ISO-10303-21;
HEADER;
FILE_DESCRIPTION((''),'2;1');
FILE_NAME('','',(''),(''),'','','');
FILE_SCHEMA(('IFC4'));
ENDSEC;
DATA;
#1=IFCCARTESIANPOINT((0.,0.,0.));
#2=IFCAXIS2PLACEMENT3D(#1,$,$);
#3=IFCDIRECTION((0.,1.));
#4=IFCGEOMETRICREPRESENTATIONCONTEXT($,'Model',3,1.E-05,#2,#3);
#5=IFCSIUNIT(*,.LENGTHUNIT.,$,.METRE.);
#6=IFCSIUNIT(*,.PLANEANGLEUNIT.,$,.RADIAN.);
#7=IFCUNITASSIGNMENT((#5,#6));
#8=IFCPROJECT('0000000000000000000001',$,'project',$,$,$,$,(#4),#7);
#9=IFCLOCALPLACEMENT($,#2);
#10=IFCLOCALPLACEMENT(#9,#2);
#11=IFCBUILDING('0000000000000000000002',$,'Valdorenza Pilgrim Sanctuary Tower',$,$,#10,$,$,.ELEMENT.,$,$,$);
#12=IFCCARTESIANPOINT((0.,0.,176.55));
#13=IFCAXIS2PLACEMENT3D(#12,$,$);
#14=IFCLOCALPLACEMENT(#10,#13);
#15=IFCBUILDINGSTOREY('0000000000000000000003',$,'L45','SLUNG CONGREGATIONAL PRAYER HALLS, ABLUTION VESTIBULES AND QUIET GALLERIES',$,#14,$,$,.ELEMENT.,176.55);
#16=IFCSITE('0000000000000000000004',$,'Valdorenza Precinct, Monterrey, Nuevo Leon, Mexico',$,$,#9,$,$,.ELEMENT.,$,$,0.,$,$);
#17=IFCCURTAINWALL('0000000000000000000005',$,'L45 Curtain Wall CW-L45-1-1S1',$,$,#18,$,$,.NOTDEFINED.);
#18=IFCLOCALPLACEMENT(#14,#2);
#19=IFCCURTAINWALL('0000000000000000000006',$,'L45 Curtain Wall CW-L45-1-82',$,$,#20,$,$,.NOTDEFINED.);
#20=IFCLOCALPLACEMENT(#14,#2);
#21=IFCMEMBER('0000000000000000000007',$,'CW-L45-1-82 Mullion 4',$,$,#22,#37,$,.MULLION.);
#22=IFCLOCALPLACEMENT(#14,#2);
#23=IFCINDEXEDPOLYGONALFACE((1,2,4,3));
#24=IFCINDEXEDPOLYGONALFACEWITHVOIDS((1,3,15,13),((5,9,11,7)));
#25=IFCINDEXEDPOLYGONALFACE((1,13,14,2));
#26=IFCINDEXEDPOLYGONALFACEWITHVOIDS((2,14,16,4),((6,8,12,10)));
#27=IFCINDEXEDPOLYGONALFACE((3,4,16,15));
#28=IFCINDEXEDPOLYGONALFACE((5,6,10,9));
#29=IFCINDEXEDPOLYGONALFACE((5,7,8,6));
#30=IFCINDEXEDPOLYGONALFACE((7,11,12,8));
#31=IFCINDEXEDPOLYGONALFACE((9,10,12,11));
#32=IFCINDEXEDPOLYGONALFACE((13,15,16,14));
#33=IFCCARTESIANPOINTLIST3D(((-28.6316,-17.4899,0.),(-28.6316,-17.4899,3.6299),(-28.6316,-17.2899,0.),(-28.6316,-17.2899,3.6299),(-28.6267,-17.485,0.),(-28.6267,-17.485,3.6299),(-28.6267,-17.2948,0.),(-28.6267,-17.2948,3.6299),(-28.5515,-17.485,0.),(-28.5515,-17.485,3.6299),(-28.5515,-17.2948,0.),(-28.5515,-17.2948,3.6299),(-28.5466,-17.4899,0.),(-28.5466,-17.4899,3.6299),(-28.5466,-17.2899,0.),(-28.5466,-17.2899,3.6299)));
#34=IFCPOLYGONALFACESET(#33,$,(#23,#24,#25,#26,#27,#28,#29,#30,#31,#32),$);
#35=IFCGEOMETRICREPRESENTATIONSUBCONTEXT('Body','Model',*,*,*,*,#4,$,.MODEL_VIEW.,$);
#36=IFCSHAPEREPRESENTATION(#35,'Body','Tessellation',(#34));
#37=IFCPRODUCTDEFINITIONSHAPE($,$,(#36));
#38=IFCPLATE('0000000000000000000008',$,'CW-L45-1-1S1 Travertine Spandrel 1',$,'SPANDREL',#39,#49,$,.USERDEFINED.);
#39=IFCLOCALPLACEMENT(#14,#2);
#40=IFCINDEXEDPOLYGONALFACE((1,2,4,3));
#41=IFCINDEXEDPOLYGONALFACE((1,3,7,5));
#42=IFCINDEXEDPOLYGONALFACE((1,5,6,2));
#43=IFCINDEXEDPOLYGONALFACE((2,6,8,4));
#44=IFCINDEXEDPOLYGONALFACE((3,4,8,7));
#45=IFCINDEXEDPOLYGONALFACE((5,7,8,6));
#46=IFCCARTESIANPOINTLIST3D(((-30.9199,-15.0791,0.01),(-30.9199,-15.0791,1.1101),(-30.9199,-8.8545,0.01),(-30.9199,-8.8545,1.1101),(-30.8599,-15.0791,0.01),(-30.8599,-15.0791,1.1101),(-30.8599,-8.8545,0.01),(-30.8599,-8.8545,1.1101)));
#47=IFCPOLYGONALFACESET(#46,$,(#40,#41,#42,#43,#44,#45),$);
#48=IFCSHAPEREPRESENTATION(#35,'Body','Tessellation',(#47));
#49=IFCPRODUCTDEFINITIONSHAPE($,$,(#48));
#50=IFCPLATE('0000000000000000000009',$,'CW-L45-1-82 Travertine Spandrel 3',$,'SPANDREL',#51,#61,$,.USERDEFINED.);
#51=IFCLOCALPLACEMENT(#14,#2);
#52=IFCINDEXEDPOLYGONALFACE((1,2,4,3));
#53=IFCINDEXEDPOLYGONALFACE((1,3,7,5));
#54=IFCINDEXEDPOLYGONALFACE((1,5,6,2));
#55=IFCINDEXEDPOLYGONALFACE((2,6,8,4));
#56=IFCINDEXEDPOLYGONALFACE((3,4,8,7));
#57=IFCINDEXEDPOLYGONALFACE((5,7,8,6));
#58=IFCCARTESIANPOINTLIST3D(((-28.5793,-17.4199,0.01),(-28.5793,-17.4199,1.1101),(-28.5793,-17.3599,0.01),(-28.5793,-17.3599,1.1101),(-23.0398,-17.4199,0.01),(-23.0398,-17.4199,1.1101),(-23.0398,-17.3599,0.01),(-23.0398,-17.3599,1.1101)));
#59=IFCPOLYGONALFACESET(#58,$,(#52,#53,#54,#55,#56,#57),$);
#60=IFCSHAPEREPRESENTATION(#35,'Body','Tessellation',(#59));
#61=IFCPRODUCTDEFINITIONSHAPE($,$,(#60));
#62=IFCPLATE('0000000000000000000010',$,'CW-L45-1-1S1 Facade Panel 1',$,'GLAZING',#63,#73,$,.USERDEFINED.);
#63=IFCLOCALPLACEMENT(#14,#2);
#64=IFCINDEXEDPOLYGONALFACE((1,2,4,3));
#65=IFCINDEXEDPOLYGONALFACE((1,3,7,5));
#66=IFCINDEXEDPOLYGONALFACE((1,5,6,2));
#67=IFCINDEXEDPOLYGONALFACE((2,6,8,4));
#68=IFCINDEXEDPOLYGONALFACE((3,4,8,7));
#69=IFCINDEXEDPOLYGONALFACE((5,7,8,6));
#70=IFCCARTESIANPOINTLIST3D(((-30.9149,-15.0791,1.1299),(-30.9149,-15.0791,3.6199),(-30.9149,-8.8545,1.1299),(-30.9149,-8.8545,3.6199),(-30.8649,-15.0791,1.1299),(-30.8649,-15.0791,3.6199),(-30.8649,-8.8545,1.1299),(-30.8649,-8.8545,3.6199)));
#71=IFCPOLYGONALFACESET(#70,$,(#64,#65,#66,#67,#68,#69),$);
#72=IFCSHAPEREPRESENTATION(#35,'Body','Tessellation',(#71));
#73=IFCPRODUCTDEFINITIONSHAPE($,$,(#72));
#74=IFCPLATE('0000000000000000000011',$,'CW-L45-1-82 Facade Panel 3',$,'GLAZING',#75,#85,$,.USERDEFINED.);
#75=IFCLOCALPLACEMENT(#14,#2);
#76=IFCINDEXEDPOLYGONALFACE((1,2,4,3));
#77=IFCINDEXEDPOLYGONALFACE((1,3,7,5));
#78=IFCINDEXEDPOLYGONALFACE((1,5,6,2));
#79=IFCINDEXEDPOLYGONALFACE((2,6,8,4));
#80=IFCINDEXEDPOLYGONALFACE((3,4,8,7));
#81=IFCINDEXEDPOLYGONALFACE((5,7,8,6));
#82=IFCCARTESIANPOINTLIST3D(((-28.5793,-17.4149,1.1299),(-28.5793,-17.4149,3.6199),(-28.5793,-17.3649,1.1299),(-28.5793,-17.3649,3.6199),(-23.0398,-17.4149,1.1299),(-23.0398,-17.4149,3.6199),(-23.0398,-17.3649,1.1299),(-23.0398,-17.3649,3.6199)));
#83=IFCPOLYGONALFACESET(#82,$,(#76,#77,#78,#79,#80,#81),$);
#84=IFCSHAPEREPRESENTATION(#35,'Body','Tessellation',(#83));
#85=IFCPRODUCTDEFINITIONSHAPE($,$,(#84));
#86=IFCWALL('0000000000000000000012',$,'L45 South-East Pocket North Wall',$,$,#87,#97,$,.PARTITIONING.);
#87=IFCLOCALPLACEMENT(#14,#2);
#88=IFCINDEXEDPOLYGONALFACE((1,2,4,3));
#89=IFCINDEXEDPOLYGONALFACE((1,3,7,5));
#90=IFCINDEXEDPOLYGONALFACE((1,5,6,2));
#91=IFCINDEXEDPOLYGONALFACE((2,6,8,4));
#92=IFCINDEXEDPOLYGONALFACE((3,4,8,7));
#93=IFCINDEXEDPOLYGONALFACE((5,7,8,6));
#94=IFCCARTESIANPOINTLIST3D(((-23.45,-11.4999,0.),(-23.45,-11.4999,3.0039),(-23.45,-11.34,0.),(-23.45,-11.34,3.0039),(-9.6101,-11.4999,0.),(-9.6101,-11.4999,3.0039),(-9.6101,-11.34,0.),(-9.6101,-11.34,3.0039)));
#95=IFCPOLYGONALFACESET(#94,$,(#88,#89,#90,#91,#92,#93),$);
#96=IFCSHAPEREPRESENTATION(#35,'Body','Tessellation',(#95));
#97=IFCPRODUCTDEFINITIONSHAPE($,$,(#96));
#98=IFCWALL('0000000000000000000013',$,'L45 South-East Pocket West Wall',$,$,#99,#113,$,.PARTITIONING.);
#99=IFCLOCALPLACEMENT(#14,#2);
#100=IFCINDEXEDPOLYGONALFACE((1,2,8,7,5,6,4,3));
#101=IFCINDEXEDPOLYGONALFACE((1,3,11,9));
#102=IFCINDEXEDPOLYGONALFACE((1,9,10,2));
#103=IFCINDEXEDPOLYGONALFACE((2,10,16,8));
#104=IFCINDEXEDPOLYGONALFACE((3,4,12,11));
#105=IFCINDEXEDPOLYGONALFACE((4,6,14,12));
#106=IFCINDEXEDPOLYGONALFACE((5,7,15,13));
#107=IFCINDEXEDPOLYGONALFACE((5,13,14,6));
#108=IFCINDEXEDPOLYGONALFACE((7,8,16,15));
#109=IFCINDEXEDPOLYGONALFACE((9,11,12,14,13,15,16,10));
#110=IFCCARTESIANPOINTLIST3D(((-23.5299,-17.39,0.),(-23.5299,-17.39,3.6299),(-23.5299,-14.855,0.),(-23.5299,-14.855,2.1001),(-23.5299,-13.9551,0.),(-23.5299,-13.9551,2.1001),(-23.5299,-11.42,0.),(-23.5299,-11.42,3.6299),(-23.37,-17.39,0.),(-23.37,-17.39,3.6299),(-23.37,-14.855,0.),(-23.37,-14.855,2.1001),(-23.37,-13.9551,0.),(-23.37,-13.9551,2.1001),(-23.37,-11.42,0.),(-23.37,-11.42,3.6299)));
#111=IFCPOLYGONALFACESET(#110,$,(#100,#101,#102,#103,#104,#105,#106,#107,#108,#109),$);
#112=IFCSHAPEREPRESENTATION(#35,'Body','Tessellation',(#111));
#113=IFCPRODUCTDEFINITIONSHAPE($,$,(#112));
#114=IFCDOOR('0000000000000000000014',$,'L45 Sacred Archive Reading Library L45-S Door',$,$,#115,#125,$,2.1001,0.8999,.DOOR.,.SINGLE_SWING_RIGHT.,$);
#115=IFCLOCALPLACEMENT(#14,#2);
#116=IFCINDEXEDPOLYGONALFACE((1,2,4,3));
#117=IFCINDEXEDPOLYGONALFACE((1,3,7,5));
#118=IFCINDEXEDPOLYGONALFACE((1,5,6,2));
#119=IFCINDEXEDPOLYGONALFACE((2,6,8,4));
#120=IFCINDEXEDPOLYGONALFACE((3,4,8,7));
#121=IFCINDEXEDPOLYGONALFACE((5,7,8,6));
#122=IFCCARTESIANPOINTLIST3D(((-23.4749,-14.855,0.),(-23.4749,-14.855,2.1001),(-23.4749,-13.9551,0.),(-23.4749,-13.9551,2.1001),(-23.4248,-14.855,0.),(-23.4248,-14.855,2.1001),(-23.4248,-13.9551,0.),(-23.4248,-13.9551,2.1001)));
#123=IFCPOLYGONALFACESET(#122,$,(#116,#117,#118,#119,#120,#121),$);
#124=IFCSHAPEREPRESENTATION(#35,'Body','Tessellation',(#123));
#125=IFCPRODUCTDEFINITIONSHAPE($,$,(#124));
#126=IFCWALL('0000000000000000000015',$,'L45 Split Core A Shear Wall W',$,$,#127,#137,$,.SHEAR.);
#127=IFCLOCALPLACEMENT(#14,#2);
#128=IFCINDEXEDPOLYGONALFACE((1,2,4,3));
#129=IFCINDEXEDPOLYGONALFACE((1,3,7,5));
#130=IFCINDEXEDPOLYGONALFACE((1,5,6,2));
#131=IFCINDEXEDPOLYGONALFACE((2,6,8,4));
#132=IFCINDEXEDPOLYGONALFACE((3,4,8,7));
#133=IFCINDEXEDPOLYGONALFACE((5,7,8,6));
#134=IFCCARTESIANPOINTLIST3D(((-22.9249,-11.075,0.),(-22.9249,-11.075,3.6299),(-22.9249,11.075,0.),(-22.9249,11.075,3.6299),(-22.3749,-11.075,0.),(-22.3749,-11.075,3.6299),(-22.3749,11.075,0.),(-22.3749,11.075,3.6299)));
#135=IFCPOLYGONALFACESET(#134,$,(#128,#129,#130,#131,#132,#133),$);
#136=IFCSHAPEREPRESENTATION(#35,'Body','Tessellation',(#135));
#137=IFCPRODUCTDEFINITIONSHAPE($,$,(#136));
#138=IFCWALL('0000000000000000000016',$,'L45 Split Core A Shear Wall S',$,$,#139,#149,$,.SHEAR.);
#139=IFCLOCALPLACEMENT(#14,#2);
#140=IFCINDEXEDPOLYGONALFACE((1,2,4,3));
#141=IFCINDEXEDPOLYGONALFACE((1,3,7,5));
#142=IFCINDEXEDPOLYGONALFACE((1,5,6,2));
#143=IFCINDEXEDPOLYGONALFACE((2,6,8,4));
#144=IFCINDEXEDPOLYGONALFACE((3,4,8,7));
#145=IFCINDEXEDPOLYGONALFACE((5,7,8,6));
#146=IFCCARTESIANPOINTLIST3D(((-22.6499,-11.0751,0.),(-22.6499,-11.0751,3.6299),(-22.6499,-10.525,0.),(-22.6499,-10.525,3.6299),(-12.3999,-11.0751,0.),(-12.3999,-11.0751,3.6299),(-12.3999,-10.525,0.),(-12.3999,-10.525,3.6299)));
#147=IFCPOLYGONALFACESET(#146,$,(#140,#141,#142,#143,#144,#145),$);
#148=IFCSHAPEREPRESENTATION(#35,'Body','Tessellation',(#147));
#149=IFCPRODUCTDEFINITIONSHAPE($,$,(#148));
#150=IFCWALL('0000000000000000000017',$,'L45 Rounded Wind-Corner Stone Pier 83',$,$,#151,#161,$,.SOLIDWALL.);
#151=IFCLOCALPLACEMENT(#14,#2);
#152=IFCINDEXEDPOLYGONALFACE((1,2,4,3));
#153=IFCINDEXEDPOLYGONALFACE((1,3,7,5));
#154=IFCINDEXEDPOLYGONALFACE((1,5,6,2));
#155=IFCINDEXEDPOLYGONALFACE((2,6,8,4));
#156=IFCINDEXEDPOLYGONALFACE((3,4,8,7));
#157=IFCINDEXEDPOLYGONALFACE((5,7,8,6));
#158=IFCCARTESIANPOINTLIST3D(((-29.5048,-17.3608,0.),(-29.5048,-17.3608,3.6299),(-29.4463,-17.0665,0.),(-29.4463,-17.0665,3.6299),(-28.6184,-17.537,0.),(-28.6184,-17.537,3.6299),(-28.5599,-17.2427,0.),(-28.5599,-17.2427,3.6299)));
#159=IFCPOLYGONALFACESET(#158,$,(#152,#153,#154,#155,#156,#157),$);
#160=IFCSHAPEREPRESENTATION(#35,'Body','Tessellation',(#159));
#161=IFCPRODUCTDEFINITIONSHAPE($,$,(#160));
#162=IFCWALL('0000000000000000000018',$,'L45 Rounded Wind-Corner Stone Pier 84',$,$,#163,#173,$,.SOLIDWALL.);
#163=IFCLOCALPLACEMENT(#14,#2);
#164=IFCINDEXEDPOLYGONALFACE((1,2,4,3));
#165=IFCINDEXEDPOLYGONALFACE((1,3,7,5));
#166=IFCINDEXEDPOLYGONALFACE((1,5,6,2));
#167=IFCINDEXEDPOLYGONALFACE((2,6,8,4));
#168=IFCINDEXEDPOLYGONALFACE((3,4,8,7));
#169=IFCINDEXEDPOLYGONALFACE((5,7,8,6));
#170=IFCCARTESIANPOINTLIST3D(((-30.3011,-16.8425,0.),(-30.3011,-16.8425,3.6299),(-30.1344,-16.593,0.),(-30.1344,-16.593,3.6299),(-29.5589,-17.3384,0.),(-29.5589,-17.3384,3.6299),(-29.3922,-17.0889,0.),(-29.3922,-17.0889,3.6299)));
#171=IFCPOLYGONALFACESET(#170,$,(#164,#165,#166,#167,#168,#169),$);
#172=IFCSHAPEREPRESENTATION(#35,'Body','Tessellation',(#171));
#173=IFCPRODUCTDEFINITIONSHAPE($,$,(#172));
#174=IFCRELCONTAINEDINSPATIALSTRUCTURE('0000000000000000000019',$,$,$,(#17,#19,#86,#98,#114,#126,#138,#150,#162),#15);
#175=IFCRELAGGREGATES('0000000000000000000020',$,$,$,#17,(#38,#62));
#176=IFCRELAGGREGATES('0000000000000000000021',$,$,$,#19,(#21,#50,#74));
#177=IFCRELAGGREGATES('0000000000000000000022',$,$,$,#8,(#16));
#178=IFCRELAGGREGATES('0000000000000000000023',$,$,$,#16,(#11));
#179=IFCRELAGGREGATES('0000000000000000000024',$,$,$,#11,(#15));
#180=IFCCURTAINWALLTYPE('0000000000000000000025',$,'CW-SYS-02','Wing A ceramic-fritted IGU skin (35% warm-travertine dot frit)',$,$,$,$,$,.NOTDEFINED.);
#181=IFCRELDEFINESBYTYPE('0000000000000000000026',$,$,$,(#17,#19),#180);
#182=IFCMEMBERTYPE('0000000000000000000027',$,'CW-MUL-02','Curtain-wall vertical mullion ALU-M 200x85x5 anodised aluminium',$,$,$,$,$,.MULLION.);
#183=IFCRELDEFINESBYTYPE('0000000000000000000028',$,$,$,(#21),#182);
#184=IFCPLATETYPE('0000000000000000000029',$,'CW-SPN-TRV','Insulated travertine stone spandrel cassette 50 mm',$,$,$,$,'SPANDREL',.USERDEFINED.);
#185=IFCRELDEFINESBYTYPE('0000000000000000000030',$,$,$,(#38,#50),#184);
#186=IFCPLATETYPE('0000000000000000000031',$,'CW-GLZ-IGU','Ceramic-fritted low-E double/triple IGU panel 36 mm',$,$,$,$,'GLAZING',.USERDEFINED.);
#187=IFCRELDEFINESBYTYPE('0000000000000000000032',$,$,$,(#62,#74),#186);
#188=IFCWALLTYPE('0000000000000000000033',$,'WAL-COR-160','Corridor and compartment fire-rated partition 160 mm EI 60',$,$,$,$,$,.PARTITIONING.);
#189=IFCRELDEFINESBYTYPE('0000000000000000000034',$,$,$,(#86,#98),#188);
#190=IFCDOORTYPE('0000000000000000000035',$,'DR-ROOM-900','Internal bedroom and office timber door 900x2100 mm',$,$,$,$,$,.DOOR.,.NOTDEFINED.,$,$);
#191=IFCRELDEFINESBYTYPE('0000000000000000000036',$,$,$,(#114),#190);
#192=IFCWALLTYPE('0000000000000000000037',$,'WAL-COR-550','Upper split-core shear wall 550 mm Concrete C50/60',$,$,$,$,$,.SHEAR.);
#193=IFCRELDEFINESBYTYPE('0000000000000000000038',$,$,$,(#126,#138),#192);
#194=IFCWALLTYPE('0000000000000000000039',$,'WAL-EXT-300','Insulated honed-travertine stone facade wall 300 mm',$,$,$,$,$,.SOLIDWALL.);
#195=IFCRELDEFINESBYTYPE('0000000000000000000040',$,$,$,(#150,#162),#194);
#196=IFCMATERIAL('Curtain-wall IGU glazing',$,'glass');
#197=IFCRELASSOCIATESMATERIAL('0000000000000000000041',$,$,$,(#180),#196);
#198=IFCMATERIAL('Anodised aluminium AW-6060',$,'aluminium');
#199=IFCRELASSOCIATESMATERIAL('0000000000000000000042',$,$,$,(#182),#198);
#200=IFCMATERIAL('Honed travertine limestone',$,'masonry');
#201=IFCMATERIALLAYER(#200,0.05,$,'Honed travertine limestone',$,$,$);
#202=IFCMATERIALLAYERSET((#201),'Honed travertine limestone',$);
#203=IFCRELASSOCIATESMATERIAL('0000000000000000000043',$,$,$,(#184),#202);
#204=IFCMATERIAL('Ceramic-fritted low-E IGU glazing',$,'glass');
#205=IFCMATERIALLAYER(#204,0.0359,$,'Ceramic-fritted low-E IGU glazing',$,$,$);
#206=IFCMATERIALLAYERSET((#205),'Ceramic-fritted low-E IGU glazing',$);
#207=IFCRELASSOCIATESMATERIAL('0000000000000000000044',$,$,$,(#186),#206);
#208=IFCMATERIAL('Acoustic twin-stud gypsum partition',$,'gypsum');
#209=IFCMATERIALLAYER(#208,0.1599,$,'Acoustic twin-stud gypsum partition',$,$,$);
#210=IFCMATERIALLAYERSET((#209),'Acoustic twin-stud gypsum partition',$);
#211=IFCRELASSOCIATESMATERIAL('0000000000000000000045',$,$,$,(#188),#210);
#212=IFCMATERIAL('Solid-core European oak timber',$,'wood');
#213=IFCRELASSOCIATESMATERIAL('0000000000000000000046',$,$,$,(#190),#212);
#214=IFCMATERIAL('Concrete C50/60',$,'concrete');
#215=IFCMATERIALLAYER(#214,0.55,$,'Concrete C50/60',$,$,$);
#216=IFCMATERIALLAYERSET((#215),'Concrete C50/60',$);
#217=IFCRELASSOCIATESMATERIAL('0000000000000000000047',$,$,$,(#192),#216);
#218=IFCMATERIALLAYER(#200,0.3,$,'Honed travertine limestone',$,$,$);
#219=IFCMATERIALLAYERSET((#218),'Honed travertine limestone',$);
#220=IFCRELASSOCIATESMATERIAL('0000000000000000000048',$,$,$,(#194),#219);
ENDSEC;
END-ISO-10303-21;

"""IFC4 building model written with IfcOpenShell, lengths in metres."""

from ifc_helpers import new_model, si_unit, direction, frame, frame_2d, origin, origin_2d, place, context, subcontext, project, spatial, rectangle, hollow_rectangle, extrude, source, transform, mapped, material, layer, layer_set, material_profile, profile_set, type_object, element, fill, aggregate, save


model = new_model("IFC4")

# Units and contexts
model_context = context("Model", 3, precision=1e-05, world=origin(), true_north=direction((0.0, 1.0)))
body_context = subcontext(model_context, "Body", "Model", "MODEL_VIEW")
ifc_project = project(units=[si_unit("LENGTHUNIT", "METRE"), si_unit("PLANEANGLEUNIT", "RADIAN")], contexts=[model_context])

# Site, building, storey
site_placement = place(None, origin())
site = spatial("IfcSite", under=ifc_project, at=site_placement, Name="Valdorenza Precinct, Monterrey, Nuevo Leon, Mexico", CompositionType="ELEMENT", RefElevation=0.0)
building_placement = place(site_placement, origin())
building = spatial("IfcBuilding", under=site, at=building_placement, Name="Valdorenza Pilgrim Sanctuary Tower", CompositionType="ELEMENT")
storey_placement = place(building_placement, frame((0.0, 0.0, 176.55)))
storey = spatial("IfcBuildingStorey", under=building, at=storey_placement, Name="L45", Description="SLUNG CONGREGATIONAL PRAYER HALLS, ABLUTION VESTIBULES AND QUIET GALLERIES", CompositionType="ELEMENT", Elevation=176.55)

# Shared definitions
ifc_material_1 = material(Name="Concrete C50/60", Category="concrete")

# Curtain walls, member
ifc_material_2 = material(Name="Curtain-wall IGU glazing", Category="glass")
curtain_wall_type = type_object("IfcCurtainWallType", Name="CW-SYS-02", Description="Wing A ceramic-fritted IGU skin (35% warm-travertine dot frit)", PredefinedType="NOTDEFINED", material=ifc_material_2)
curtain_wall_1_placement = place(storey_placement, origin())
curtain_wall_1 = element("IfcCurtainWall", 1, at=curtain_wall_1_placement, inside=storey, type_object=curtain_wall_type, Name="L45 Curtain Wall CW-L45-1-1S1", PredefinedType="NOTDEFINED")
ifc_material_3 = material(Name="Anodised aluminium AW-6060", Category="aluminium")
ifc_material_profile_1 = material_profile(ifc_material_3, hollow_rectangle(XDim=0.085, YDim=0.2, WallThickness=0.0049, at=origin_2d()), Name="ALU-M 200x85x5")
ifc_profile_set_1 = profile_set([ifc_material_profile_1], Name="Anodised aluminium AW-6060")
member_type_1 = type_object("IfcMemberType", Name="CW-MUL-02", Description="Curtain-wall vertical mullion ALU-M 200x85x5 anodised aluminium", PredefinedType="MULLION", material=ifc_profile_set_1)
shared_shape_1 = source(origin(), body_context, "Body", "SweptSolid", [
    extrude(hollow_rectangle(XDim=0.085, YDim=0.2, WallThickness=0.0049, at=origin_2d()), origin(), (0.0, 0.0, 1.0), 3.6299),
])
curtain_wall_2_placement = place(storey_placement, origin())
curtain_wall_2 = element("IfcCurtainWall", 2, at=curtain_wall_2_placement, inside=storey, type_object=curtain_wall_type, Name="L45 Curtain Wall CW-L45-1-82", PredefinedType="NOTDEFINED")
member_1_placement = place(storey_placement, frame((-28.5891, -17.3899, 0.0), z_axis=(0.0, 0.0, 1.0), x_axis=(-1.0, 0.0, 0.0)))
member_1 = element("IfcMember", 3, at=member_1_placement, type_object=member_type_1, Name="CW-L45-1-82 Mullion 4", PredefinedType="MULLION", context=body_context, shape_type="MappedRepresentation", body=[
    mapped(shared_shape_1, transform((0.0, 0.0, 0.0), x_axis=(1.0, 0.0, 0.0), y_axis=(0.0, 1.0, 0.0), z_axis=(0.0, 0.0, 1.0), scale=1.0)),
])

# Plates
ifc_material_4 = material(Name="Honed travertine limestone", Category="masonry")
ifc_layer_1 = layer(ifc_material_4, 0.05, Name="Honed travertine limestone")
ifc_layer_set_1 = layer_set([ifc_layer_1], Name="Honed travertine limestone")
plate_type_1 = type_object("IfcPlateType", Name="CW-SPN-TRV", Description="Insulated travertine stone spandrel cassette 50 mm", ElementType="SPANDREL", PredefinedType="USERDEFINED", material=ifc_layer_set_1)
shared_shape_2 = source(origin(), body_context, "Body", "SweptSolid", [
    extrude(rectangle(XDim=6.2246, YDim=0.0601, at=origin_2d()), origin(), (0.0, 0.0, 1.0), 1.1001),
])
plate_1_placement = place(storey_placement, frame((-30.8899, -11.9668, 0.01), z_axis=(0.0, 0.0, 1.0), x_axis=(0.0, 1.0, 0.0)))
plate_1 = element("IfcPlate", 4, at=plate_1_placement, type_object=plate_type_1, Name="CW-L45-1-1S1 Travertine Spandrel 1", ObjectType="SPANDREL", PredefinedType="USERDEFINED", context=body_context, shape_type="MappedRepresentation", body=[
    mapped(shared_shape_2, transform((0.0, 0.0, 0.0), x_axis=(1.0, 0.0, 0.0), y_axis=(0.0, 1.0, 0.0), z_axis=(0.0, 0.0, 1.0), scale=1.0)),
])
shared_shape_3 = source(origin(), body_context, "Body", "SweptSolid", [
    extrude(rectangle(XDim=5.5396, YDim=0.0601, at=origin_2d()), origin(), (0.0, 0.0, 1.0), 1.1001),
])
plate_2_placement = place(storey_placement, frame((-25.8096, -17.3899, 0.01), z_axis=(0.0, 0.0, 1.0), x_axis=(-1.0, 0.0, 0.0)))
plate_2 = element("IfcPlate", 5, at=plate_2_placement, type_object=plate_type_1, Name="CW-L45-1-82 Travertine Spandrel 3", ObjectType="SPANDREL", PredefinedType="USERDEFINED", context=body_context, shape_type="MappedRepresentation", body=[
    mapped(shared_shape_3, transform((0.0, 0.0, 0.0), x_axis=(1.0, 0.0, 0.0), y_axis=(0.0, 1.0, 0.0), z_axis=(0.0, 0.0, 1.0), scale=1.0)),
])
ifc_material_5 = material(Name="Ceramic-fritted low-E IGU glazing", Category="glass")
ifc_layer_2 = layer(ifc_material_5, 0.0359, Name="Ceramic-fritted low-E IGU glazing")
ifc_layer_set_2 = layer_set([ifc_layer_2], Name="Ceramic-fritted low-E IGU glazing")
plate_type_2 = type_object("IfcPlateType", Name="CW-GLZ-IGU", Description="Ceramic-fritted low-E double/triple IGU panel 36 mm", ElementType="GLAZING", PredefinedType="USERDEFINED", material=ifc_layer_set_2)
shared_shape_4 = source(origin(), body_context, "Body", "SweptSolid", [
    extrude(rectangle(XDim=6.2246, YDim=0.05, at=origin_2d()), origin(), (0.0, 0.0, 1.0), 2.49),
])
plate_3_placement = place(storey_placement, frame((-30.8899, -11.9668, 1.1299), z_axis=(0.0, 0.0, 1.0), x_axis=(0.0, 1.0, 0.0)))
plate_3 = element("IfcPlate", 6, at=plate_3_placement, type_object=plate_type_2, Name="CW-L45-1-1S1 Facade Panel 1", ObjectType="GLAZING", PredefinedType="USERDEFINED", context=body_context, shape_type="MappedRepresentation", body=[
    mapped(shared_shape_4, transform((0.0, 0.0, 0.0), x_axis=(1.0, 0.0, 0.0), y_axis=(0.0, 1.0, 0.0), z_axis=(0.0, 0.0, 1.0), scale=1.0)),
])
aggregate(curtain_wall_1, [plate_1, plate_3])
shared_shape_5 = source(origin(), body_context, "Body", "SweptSolid", [
    extrude(rectangle(XDim=5.5396, YDim=0.05, at=origin_2d()), origin(), (0.0, 0.0, 1.0), 2.49),
])
plate_4_placement = place(storey_placement, frame((-25.8096, -17.3899, 1.1299), z_axis=(0.0, 0.0, 1.0), x_axis=(-1.0, 0.0, 0.0)))
plate_4 = element("IfcPlate", 7, at=plate_4_placement, type_object=plate_type_2, Name="CW-L45-1-82 Facade Panel 3", ObjectType="GLAZING", PredefinedType="USERDEFINED", context=body_context, shape_type="MappedRepresentation", body=[
    mapped(shared_shape_5, transform((0.0, 0.0, 0.0), x_axis=(1.0, 0.0, 0.0), y_axis=(0.0, 1.0, 0.0), z_axis=(0.0, 0.0, 1.0), scale=1.0)),
])
aggregate(curtain_wall_2, [member_1, plate_2, plate_4])

# Wall
ifc_material_6 = material(Name="Acoustic twin-stud gypsum partition", Category="gypsum")
ifc_layer_3 = layer(ifc_material_6, 0.1599, Name="Acoustic twin-stud gypsum partition")
ifc_layer_set_3 = layer_set([ifc_layer_3], Name="Acoustic twin-stud gypsum partition")
wall_type_1 = type_object("IfcWallType", Name="WAL-COR-160", Description="Corridor and compartment fire-rated partition 160 mm EI 60", PredefinedType="PARTITIONING", material=ifc_layer_set_3)
wall_1_placement = place(storey_placement, frame((-23.45, -11.4199, 0.0), z_axis=(0.0, 0.0, 1.0), x_axis=(1.0, 0.0, 0.0)))
element("IfcWall", 8, at=wall_1_placement, inside=storey, type_object=wall_type_1, Name="L45 South-East Pocket North Wall", PredefinedType="PARTITIONING", context=body_context, shape_type="SweptSolid", body=[
    extrude(rectangle(XDim=13.8398, YDim=0.1599, at=frame_2d((6.9199, 0.0))), origin(), (0.0, 0.0, 1.0), 3.0039),
])

# Wall, opening, door
wall_2_placement = place(storey_placement, frame((-23.45, -17.3899, 0.0), z_axis=(0.0, 0.0, 1.0), x_axis=(0.0, 1.0, 0.0)))
wall_2 = element("IfcWall", 9, at=wall_2_placement, inside=storey, type_object=wall_type_1, Name="L45 South-East Pocket West Wall", PredefinedType="PARTITIONING", context=body_context, shape_type="SweptSolid", body=[
    extrude(rectangle(XDim=5.97, YDim=0.1599, at=frame_2d((2.9849, 0.0))), origin(), (0.0, 0.0, 1.0), 3.6299),
])
opening_1_placement = place(wall_2_placement, frame((2.5349, 0.0, 0.0)))
opening_1 = element("IfcOpeningElement", 10, at=opening_1_placement, cuts=wall_2, PredefinedType="OPENING", context=body_context, shape_type="SweptSolid", body=[
    extrude(rectangle(XDim=0.8999, YDim=2.1001, at=frame_2d((0.45, 1.05))), frame((0.0, 0.0947, 0.0), z_axis=(0.0, -1.0, 0.0), x_axis=(1.0, 0.0, 0.0)), (0.0, 0.0, 1.0), 0.1897),
])
ifc_material_7 = material(Name="Solid-core European oak timber", Category="wood")
door_type_1 = type_object("IfcDoorType", Name="DR-ROOM-900", Description="Internal bedroom and office timber door 900x2100 mm", OperationType="NOTDEFINED", PredefinedType="DOOR", material=ifc_material_7)
door_1_placement = place(opening_1_placement, origin())
door_1 = element("IfcDoor", 11, at=door_1_placement, inside=storey, type_object=door_type_1, Name="L45 Sacred Archive Reading Library L45-S Door", OperationType="SINGLE_SWING_RIGHT", OverallHeight=2.1001, OverallWidth=0.8999, PredefinedType="DOOR", context=body_context, shape_type="SweptSolid", body=[
    extrude(rectangle(XDim=0.8999, YDim=2.1001, at=frame_2d((0.45, 1.05))), frame((0.0, 0.0249, 0.0), z_axis=(0.0, -1.0, 0.0), x_axis=(1.0, 0.0, 0.0)), (0.0, 0.0, 1.0), 0.05),
])
fill(opening_1, door_1)

# Walls
ifc_layer_4 = layer(ifc_material_1, 0.55, Name="Concrete C50/60")
ifc_layer_set_4 = layer_set([ifc_layer_4], Name="Concrete C50/60")
wall_type_2 = type_object("IfcWallType", Name="WAL-COR-550", Description="Upper split-core shear wall 550 mm Concrete C50/60", PredefinedType="SHEAR", material=ifc_layer_set_4)
wall_3_placement = place(storey_placement, frame((-22.6499, -11.075, 0.0), z_axis=(0.0, 0.0, 1.0), x_axis=(0.0, 1.0, 0.0)))
element("IfcWall", 12, at=wall_3_placement, inside=storey, type_object=wall_type_2, Name="L45 Split Core A Shear Wall W", PredefinedType="SHEAR", context=body_context, shape_type="SweptSolid", body=[
    extrude(rectangle(XDim=22.1499, YDim=0.55, at=frame_2d((11.075, 0.0))), origin(), (0.0, 0.0, 1.0), 3.6299),
])
wall_4_placement = place(storey_placement, frame((-22.6499, -10.8, 0.0), z_axis=(0.0, 0.0, 1.0), x_axis=(1.0, 0.0, 0.0)))
element("IfcWall", 13, at=wall_4_placement, inside=storey, type_object=wall_type_2, Name="L45 Split Core A Shear Wall S", PredefinedType="SHEAR", context=body_context, shape_type="SweptSolid", body=[
    extrude(rectangle(XDim=10.25, YDim=0.55, at=frame_2d((5.125, 0.0))), origin(), (0.0, 0.0, 1.0), 3.6299),
])
ifc_layer_5 = layer(ifc_material_4, 0.3, Name="Honed travertine limestone")
ifc_layer_set_5 = layer_set([ifc_layer_5], Name="Honed travertine limestone")
wall_type_3 = type_object("IfcWallType", Name="WAL-EXT-300", Description="Insulated honed-travertine stone facade wall 300 mm", PredefinedType="SOLIDWALL", material=ifc_layer_set_5)
wall_5_placement = place(storey_placement, frame((-28.5891, -17.3899, 0.0), z_axis=(0.0, 0.0, 1.0), x_axis=(-0.980798, 0.195025, 0.0)))
element("IfcWall", 14, at=wall_5_placement, inside=storey, type_object=wall_type_3, Name="L45 Rounded Wind-Corner Stone Pier 83", PredefinedType="SOLIDWALL", context=body_context, shape_type="SweptSolid", body=[
    extrude(rectangle(XDim=0.9038, YDim=0.3, at=frame_2d((0.4519, 0.0))), origin(), (0.0, 0.0, 1.0), 3.6299),
])
for number, where, z_axis, x_axis, name in (
    (15, (-29.4756, -17.2136, 0.0), (0.0, 0.0, 1.0), (-0.831503, 0.55552, 0.0), "L45 Rounded Wind-Corner Stone Pier 84"),
):
    element("IfcWall", number, at=place(storey_placement, frame(where, z_axis=z_axis, x_axis=x_axis)), inside=storey, type_object=wall_type_3, Name=name, PredefinedType="SOLIDWALL", context=body_context, shape_type="SweptSolid", body=[
        extrude(rectangle(XDim=0.8926, YDim=0.3, at=frame_2d((0.4463, 0.0))), origin(), (0.0, 0.0, 1.0), 3.6299),
    ])

save(model, "model.ifc")
